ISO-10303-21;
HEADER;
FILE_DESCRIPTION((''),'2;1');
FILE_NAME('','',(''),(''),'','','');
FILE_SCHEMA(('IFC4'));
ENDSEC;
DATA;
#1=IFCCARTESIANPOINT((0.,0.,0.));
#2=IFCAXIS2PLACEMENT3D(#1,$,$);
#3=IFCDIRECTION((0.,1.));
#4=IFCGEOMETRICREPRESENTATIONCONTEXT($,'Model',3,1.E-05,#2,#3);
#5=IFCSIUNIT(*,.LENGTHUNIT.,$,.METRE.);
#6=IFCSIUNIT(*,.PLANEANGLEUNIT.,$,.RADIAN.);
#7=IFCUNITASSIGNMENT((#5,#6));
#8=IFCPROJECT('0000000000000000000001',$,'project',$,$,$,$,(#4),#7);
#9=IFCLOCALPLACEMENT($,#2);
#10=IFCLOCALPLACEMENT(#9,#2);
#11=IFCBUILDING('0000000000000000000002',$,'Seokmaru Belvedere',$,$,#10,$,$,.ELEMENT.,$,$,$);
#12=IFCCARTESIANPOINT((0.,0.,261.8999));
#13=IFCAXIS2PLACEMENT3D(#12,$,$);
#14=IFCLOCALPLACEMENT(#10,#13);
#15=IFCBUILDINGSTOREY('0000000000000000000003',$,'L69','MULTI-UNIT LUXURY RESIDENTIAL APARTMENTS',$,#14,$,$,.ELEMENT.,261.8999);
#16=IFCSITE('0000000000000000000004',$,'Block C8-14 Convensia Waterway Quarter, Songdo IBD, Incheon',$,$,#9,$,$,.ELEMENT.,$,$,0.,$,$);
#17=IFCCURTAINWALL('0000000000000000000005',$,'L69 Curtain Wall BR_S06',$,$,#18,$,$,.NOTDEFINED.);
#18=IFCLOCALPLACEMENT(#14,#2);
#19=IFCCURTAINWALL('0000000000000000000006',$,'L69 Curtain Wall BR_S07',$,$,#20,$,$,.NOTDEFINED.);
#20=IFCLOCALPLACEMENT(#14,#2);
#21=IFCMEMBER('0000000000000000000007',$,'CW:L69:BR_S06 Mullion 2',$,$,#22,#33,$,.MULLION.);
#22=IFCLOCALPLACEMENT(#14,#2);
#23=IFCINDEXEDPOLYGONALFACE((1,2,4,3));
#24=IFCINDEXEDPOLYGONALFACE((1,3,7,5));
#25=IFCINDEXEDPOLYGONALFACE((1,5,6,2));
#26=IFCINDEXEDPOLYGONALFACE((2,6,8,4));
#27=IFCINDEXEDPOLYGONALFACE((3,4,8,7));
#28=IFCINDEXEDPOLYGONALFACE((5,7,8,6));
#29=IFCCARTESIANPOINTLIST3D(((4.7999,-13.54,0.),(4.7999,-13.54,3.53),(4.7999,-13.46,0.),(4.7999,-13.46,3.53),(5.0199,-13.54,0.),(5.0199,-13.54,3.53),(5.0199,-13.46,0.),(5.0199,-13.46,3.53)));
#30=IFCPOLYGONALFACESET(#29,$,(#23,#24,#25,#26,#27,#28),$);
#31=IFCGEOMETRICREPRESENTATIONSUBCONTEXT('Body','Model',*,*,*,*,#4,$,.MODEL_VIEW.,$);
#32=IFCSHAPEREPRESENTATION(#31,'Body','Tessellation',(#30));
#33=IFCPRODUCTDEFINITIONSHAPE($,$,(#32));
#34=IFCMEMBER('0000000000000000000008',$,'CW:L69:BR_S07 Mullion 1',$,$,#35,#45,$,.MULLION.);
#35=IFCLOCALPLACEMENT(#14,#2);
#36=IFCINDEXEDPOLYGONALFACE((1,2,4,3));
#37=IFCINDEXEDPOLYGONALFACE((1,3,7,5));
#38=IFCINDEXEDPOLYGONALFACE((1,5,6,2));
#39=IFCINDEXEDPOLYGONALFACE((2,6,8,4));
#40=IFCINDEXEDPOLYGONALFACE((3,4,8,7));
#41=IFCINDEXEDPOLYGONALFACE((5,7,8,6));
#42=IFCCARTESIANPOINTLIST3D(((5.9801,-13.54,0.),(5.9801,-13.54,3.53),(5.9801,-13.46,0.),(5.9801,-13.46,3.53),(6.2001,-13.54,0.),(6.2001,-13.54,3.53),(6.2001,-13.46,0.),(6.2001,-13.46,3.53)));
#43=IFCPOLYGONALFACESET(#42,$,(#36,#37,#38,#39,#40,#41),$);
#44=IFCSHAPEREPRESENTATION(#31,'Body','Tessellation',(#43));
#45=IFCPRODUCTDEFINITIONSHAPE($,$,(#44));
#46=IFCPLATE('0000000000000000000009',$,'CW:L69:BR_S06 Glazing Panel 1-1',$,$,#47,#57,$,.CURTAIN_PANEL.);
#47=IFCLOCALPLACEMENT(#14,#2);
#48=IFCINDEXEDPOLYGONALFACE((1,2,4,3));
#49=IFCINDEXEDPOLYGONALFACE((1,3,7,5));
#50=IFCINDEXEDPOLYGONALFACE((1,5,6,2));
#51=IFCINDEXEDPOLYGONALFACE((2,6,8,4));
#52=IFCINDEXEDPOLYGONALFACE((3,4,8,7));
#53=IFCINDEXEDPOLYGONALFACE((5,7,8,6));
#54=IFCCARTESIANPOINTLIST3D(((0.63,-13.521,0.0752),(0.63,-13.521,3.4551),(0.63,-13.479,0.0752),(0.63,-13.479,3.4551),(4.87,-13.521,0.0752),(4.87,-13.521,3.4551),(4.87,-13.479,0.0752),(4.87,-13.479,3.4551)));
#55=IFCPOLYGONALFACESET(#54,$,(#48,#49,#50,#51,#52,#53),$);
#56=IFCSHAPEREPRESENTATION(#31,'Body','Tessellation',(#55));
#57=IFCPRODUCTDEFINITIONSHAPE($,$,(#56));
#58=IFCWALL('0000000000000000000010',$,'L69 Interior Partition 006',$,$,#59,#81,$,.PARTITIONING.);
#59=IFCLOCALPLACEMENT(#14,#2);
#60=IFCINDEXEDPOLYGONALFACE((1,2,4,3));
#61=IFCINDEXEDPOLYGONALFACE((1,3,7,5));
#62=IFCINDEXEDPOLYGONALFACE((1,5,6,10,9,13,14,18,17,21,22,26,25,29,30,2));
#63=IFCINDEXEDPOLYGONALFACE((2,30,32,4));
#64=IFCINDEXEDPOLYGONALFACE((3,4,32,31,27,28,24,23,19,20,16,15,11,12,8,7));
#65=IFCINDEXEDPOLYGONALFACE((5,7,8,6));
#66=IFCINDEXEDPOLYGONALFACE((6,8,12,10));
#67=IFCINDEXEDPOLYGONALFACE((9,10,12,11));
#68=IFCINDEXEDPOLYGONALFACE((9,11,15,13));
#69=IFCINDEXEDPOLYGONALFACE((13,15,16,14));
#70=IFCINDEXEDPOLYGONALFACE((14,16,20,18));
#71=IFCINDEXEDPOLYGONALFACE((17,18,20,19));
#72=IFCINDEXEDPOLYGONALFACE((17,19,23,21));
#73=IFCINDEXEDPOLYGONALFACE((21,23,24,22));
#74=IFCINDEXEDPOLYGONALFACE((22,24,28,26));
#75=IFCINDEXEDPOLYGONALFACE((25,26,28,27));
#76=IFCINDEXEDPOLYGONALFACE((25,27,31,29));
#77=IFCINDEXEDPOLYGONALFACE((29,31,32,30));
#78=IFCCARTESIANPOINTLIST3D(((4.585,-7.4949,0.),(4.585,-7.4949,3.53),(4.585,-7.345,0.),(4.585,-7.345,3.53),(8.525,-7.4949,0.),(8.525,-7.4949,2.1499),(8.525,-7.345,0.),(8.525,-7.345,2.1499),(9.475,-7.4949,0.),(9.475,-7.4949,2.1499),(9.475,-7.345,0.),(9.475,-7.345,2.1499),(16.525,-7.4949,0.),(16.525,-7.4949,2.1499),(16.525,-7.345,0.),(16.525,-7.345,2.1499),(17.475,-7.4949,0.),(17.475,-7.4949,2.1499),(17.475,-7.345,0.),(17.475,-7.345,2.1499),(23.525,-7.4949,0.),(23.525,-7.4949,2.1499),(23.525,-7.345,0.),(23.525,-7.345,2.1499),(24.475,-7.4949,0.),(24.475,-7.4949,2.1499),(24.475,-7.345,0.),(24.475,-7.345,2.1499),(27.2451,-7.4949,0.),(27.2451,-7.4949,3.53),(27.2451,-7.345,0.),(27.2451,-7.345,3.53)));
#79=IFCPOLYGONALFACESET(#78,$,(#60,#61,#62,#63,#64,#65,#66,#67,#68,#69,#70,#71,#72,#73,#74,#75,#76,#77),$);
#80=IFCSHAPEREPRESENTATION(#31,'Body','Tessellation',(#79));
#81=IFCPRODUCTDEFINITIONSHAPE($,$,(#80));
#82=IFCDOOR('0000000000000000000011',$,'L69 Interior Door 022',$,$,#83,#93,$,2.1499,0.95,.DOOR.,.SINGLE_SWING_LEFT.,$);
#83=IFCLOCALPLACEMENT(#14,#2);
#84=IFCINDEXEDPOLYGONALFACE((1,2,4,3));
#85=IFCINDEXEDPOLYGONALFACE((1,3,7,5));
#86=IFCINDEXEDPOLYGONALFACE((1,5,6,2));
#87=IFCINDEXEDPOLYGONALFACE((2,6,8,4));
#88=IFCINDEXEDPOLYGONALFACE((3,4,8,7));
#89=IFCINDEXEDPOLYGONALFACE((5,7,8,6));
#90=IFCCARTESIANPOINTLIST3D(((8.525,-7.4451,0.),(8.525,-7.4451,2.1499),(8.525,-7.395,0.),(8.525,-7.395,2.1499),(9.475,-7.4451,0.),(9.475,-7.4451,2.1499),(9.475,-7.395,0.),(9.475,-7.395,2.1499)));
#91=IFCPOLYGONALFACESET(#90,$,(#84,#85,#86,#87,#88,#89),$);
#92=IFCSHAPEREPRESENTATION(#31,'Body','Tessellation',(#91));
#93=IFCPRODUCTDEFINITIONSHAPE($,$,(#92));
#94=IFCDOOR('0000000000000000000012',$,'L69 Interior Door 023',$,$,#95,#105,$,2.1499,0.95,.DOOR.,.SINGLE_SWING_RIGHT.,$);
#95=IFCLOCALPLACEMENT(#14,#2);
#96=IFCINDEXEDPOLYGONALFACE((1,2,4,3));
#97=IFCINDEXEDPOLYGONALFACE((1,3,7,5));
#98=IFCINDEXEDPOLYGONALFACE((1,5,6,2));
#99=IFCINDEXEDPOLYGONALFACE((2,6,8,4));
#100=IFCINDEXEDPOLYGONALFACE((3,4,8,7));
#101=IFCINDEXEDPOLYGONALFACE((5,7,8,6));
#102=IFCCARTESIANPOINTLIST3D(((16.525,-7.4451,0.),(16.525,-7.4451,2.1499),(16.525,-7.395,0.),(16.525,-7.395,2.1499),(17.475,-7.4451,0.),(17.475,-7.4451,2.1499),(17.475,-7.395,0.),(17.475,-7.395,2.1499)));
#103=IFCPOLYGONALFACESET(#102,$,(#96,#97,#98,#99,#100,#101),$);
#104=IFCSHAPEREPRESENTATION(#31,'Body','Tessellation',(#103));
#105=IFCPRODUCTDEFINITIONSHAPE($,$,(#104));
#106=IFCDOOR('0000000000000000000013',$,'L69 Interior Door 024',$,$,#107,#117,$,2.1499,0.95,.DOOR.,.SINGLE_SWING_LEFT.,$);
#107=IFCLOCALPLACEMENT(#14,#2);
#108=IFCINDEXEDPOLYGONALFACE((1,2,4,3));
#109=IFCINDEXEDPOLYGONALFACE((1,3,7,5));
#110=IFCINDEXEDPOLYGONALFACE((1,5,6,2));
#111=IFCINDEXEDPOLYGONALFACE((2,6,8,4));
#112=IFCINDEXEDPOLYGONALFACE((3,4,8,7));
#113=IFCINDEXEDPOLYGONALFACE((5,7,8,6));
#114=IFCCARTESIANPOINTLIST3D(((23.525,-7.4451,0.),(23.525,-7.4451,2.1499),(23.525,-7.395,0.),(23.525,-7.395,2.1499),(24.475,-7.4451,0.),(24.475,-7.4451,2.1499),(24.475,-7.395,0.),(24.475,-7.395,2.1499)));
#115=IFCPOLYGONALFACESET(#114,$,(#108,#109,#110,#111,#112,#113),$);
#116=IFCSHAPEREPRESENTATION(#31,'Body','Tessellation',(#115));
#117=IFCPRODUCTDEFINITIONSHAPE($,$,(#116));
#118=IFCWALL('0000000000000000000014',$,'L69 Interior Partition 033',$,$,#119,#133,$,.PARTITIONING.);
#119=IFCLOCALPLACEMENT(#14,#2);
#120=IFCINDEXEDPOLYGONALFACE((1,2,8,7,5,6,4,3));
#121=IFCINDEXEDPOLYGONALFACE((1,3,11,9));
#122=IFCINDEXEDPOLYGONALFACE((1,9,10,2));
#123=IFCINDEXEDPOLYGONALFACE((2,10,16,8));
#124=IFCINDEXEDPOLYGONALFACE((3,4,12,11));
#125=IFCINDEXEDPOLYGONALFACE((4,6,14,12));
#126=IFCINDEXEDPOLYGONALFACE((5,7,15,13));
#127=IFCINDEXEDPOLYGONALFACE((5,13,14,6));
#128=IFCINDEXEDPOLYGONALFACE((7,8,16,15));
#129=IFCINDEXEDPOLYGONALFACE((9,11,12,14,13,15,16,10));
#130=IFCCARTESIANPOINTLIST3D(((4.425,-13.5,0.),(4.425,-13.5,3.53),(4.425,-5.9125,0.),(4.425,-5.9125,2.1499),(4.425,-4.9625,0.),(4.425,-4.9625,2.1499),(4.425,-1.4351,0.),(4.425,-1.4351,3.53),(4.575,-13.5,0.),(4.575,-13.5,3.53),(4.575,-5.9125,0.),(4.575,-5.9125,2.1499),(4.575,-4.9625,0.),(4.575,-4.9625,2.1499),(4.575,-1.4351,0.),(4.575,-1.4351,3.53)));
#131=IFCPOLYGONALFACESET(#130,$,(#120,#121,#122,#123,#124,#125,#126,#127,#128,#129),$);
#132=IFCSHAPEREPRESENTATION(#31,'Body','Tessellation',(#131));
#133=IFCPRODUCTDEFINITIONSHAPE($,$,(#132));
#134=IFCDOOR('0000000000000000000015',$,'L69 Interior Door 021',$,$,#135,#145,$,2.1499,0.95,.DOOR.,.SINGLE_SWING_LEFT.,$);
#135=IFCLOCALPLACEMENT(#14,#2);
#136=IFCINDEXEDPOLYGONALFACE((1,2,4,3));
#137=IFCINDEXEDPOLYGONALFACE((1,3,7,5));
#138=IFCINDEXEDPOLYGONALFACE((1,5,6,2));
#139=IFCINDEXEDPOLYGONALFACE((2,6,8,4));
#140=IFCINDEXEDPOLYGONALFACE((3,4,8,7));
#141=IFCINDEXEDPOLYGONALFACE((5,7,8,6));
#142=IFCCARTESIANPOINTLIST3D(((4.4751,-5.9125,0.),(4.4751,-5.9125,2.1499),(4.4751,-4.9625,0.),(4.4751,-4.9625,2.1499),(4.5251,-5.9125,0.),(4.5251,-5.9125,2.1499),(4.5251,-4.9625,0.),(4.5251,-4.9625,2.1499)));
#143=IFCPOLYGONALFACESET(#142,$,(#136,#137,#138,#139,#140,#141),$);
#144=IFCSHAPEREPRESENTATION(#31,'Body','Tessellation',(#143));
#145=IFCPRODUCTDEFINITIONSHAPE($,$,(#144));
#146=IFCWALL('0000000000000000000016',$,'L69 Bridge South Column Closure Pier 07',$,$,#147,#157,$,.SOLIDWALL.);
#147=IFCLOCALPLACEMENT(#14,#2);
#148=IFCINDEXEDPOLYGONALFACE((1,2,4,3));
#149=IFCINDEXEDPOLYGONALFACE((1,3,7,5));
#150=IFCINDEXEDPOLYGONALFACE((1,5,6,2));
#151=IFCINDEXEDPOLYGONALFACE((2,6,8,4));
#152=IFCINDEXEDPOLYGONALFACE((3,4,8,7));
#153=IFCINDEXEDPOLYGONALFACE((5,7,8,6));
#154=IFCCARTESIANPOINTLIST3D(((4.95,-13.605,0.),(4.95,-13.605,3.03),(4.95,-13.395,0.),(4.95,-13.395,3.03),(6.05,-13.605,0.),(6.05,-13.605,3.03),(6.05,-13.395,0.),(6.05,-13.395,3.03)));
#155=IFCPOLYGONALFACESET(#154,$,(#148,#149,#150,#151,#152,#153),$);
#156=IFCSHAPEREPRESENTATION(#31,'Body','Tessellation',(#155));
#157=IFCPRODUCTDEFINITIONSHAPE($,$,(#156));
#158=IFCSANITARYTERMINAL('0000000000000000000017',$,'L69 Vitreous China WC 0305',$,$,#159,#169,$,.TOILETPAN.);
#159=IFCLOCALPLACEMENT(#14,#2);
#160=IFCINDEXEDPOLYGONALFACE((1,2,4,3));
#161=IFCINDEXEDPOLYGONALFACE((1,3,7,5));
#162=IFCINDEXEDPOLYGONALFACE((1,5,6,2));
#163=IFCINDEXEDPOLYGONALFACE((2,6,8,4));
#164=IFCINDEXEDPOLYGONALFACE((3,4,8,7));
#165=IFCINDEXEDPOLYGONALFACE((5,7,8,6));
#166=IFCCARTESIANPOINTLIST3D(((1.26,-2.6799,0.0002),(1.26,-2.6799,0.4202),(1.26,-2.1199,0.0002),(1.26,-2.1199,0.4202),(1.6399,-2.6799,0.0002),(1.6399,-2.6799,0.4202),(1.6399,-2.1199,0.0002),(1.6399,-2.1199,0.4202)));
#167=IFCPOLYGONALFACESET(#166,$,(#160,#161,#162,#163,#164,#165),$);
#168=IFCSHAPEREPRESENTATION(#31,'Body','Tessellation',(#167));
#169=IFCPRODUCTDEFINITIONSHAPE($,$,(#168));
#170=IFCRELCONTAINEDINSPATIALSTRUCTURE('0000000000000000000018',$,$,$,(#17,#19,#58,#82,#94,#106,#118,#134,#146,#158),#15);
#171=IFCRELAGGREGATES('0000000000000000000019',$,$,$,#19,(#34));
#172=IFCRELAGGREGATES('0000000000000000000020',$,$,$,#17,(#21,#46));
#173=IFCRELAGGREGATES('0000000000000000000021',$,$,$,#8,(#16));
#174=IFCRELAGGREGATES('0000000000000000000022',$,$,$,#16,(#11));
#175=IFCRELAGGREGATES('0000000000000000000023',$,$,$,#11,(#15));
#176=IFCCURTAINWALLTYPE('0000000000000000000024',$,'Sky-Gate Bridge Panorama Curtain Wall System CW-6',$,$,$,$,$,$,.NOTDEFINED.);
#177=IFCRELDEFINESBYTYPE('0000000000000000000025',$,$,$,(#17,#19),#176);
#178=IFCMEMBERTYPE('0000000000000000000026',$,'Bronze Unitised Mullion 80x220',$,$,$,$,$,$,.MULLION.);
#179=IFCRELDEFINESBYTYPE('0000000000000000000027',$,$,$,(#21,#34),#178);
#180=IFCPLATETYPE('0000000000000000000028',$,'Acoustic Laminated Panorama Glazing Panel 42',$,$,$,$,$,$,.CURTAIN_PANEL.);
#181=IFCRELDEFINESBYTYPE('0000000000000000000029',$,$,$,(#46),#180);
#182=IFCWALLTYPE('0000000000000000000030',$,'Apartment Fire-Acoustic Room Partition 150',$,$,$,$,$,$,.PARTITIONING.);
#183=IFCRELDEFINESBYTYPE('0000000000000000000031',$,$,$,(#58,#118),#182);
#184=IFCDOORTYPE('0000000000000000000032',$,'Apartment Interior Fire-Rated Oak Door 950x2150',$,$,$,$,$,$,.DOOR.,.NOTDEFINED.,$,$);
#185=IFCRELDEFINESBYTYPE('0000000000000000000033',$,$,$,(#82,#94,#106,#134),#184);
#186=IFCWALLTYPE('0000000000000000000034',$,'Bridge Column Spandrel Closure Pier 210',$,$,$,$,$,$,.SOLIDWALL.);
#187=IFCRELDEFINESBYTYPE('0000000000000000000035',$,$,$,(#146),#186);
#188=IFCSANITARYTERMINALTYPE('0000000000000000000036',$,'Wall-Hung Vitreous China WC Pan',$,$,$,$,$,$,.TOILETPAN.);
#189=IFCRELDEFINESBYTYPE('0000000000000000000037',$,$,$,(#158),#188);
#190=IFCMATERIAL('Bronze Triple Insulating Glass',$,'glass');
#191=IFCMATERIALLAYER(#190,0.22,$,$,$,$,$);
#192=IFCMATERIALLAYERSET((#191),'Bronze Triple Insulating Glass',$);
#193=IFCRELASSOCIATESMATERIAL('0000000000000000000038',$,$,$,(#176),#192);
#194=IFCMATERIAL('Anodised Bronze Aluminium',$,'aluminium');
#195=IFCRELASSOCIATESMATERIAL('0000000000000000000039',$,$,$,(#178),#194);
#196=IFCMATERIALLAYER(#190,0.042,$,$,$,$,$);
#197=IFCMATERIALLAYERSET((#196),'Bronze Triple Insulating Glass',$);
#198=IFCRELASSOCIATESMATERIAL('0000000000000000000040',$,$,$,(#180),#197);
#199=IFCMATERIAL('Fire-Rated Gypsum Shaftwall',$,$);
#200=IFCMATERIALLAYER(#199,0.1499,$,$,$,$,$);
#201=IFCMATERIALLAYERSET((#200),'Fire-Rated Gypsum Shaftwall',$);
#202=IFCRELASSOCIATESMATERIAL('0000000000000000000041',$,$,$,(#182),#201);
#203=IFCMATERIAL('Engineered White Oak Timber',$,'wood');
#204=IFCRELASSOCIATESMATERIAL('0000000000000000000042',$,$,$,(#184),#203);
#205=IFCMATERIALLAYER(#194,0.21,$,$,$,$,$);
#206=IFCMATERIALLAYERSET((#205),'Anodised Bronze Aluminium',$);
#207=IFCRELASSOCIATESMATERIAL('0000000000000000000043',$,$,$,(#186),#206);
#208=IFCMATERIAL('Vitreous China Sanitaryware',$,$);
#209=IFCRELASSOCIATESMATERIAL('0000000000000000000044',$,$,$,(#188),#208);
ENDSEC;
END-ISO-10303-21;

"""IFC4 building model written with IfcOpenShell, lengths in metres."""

from ifc_helpers import new_model, si_unit, direction, frame, frame_2d, origin, origin_2d, place, context, subcontext, project, spatial, rectangle, extrude, source, transform, mapped, material, layer, layer_set, material_profile, profile_set, type_object, type_shapes, element, fill, aggregate, save


model = new_model("IFC4")

# Units and contexts
model_context = context("Model", 3, precision=1e-05, world=origin(), true_north=direction((0.0, 1.0)))
body_context = subcontext(model_context, "Body", "Model", "MODEL_VIEW")
ifc_project = project(units=[si_unit("LENGTHUNIT", "METRE"), si_unit("PLANEANGLEUNIT", "RADIAN")], contexts=[model_context])

# Site, building, storey
site_placement = place(None, origin())
site = spatial("IfcSite", under=ifc_project, at=site_placement, Name="Block C8-14 Convensia Waterway Quarter, Songdo IBD, Incheon", CompositionType="ELEMENT", RefElevation=0.0)
building_placement = place(site_placement, origin())
building = spatial("IfcBuilding", under=site, at=building_placement, Name="Seokmaru Belvedere", CompositionType="ELEMENT")
storey_placement = place(building_placement, frame((0.0, 0.0, 261.8999)))
storey = spatial("IfcBuildingStorey", under=building, at=storey_placement, Name="L69", Description="MULTI-UNIT LUXURY RESIDENTIAL APARTMENTS", CompositionType="ELEMENT", Elevation=261.8999)

# Curtain walls
ifc_material_1 = material(Name="Bronze Triple Insulating Glass", Category="glass")
ifc_layer_1 = layer(ifc_material_1, 0.22)
ifc_layer_set_1 = layer_set([ifc_layer_1], Name="Bronze Triple Insulating Glass")
curtain_wall_type = type_object("IfcCurtainWallType", Name="Sky-Gate Bridge Panorama Curtain Wall System CW-6", PredefinedType="NOTDEFINED", material=ifc_layer_set_1)
curtain_wall_1_placement = place(storey_placement, origin())
curtain_wall_1 = element("IfcCurtainWall", 1, at=curtain_wall_1_placement, inside=storey, type_object=curtain_wall_type, Name="L69 Curtain Wall BR_S06", PredefinedType="NOTDEFINED")
ifc_material_2 = material(Name="Anodised Bronze Aluminium", Category="aluminium")
curtain_wall_2_placement = place(storey_placement, origin())
curtain_wall_2 = element("IfcCurtainWall", 2, at=curtain_wall_2_placement, inside=storey, type_object=curtain_wall_type, Name="L69 Curtain Wall BR_S07", PredefinedType="NOTDEFINED")

# Members
ifc_material_profile_1 = material_profile(ifc_material_2, rectangle(XDim=0.0801, YDim=0.22, at=origin_2d()), Name="CW-M-80x220")
ifc_profile_set_1 = profile_set([ifc_material_profile_1], Name="Anodised Bronze Aluminium")
member_type_1 = type_object("IfcMemberType", Name="Bronze Unitised Mullion 80x220", PredefinedType="MULLION", material=ifc_profile_set_1)
shared_shape_1 = source(origin(), body_context, "Body", "SweptSolid", [
    extrude(rectangle(XDim=0.0801, YDim=0.22, at=origin_2d()), origin(), (0.0, 0.0, 1.0), 3.53),
])
type_shapes(member_type_1, [shared_shape_1])
member_1_placement = place(storey_placement, frame((4.9099, -13.5, 0.0), z_axis=(0.0, 0.0, 1.0), x_axis=(0.0, 1.0, 0.0)))
member_1 = element("IfcMember", 3, at=member_1_placement, type_object=member_type_1, Name="CW:L69:BR_S06 Mullion 2", PredefinedType="MULLION", context=body_context, shape_type="MappedRepresentation", body=[
    mapped(shared_shape_1, transform((0.0, 0.0, 0.0), scale=1.0)),
])
member_2_placement = place(storey_placement, frame((6.0901, -13.5, 0.0), z_axis=(0.0, 0.0, 1.0), x_axis=(0.0, 1.0, 0.0)))
member_2 = element("IfcMember", 4, at=member_2_placement, type_object=member_type_1, Name="CW:L69:BR_S07 Mullion 1", PredefinedType="MULLION", context=body_context, shape_type="MappedRepresentation", body=[
    mapped(shared_shape_1, transform((0.0, 0.0, 0.0), scale=1.0)),
])
aggregate(curtain_wall_2, [member_2])

# Plate
ifc_layer_2 = layer(ifc_material_1, 0.042)
ifc_layer_set_2 = layer_set([ifc_layer_2], Name="Bronze Triple Insulating Glass")
plate_type = type_object("IfcPlateType", Name="Acoustic Laminated Panorama Glazing Panel 42", PredefinedType="CURTAIN_PANEL", material=ifc_layer_set_2)
shared_shape_2 = source(origin(), body_context, "Body", "SweptSolid", [
    extrude(rectangle(XDim=4.24, YDim=0.042, at=origin_2d()), origin(), (0.0, 0.0, 1.0), 3.3799),
])
type_shapes(plate_type, [shared_shape_2])
plate_placement = place(storey_placement, frame((2.75, -13.5, 0.0752), z_axis=(0.0, 0.0, 1.0), x_axis=(1.0, 0.0, 0.0)))
plate = element("IfcPlate", 5, at=plate_placement, type_object=plate_type, Name="CW:L69:BR_S06 Glazing Panel 1-1", PredefinedType="CURTAIN_PANEL", context=body_context, shape_type="MappedRepresentation", body=[
    mapped(shared_shape_2, transform((0.0, 0.0, 0.0), scale=1.0)),
])
aggregate(curtain_wall_1, [member_1, plate])

# Wall, openings, doors
ifc_material_3 = material(Name="Fire-Rated Gypsum Shaftwall")
ifc_layer_3 = layer(ifc_material_3, 0.1499)
ifc_layer_set_3 = layer_set([ifc_layer_3], Name="Fire-Rated Gypsum Shaftwall")
wall_type_1 = type_object("IfcWallType", Name="Apartment Fire-Acoustic Room Partition 150", PredefinedType="PARTITIONING", material=ifc_layer_set_3)
wall_1_placement = place(storey_placement, frame((4.585, -7.4199, 0.0), z_axis=(0.0, 0.0, 1.0), x_axis=(1.0, 0.0, 0.0)))
wall_1 = element("IfcWall", 6, at=wall_1_placement, inside=storey, type_object=wall_type_1, Name="L69 Interior Partition 006", PredefinedType="PARTITIONING", context=body_context, shape_type="SweptSolid", body=[
    extrude(rectangle(XDim=22.6602, YDim=0.1499, at=frame_2d((11.3301, 0.0))), origin(), (0.0, 0.0, 1.0), 3.53),
])
opening_1_placement = place(wall_1_placement, frame((3.9399, 0.0, 0.0)))
opening_1 = element("IfcOpeningElement", 7, at=opening_1_placement, cuts=wall_1, PredefinedType="OPENING", context=body_context, shape_type="SweptSolid", body=[
    extrude(rectangle(XDim=0.95, YDim=2.1499, at=frame_2d((0.4751, 1.075))), frame((0.0, 0.085, 0.0), z_axis=(0.0, -1.0, 0.0), x_axis=(1.0, 0.0, 0.0)), (0.0, 0.0, 1.0), 0.1699),
])
opening_2_placement = place(wall_1_placement, frame((11.9399, 0.0, 0.0)))
opening_2 = element("IfcOpeningElement", 8, at=opening_2_placement, cuts=wall_1, PredefinedType="OPENING", context=body_context, shape_type="SweptSolid", body=[
    extrude(rectangle(XDim=0.95, YDim=2.1499, at=frame_2d((0.4751, 1.075))), frame((0.0, 0.085, 0.0), z_axis=(0.0, -1.0, 0.0), x_axis=(1.0, 0.0, 0.0)), (0.0, 0.0, 1.0), 0.1699),
])
opening_3_placement = place(wall_1_placement, frame((18.9399, 0.0, 0.0)))
opening_3 = element("IfcOpeningElement", 9, at=opening_3_placement, cuts=wall_1, PredefinedType="OPENING", context=body_context, shape_type="SweptSolid", body=[
    extrude(rectangle(XDim=0.95, YDim=2.1499, at=frame_2d((0.4751, 1.075))), frame((0.0, 0.085, 0.0), z_axis=(0.0, -1.0, 0.0), x_axis=(1.0, 0.0, 0.0)), (0.0, 0.0, 1.0), 0.1699),
])
ifc_material_4 = material(Name="Engineered White Oak Timber", Category="wood")
door_type = type_object("IfcDoorType", Name="Apartment Interior Fire-Rated Oak Door 950x2150", OperationType="NOTDEFINED", PredefinedType="DOOR", material=ifc_material_4)
shared_shape_3 = source(origin(), body_context, "Body", "SweptSolid", [
    extrude(rectangle(XDim=0.95, YDim=2.1499, at=frame_2d((0.4751, 1.075))), frame((0.0, 0.0249, 0.0), z_axis=(0.0, -1.0, 0.0), x_axis=(1.0, 0.0, 0.0)), (0.0, 0.0, 1.0), 0.05),
])
type_shapes(door_type, [shared_shape_3])
door_1_placement = place(opening_1_placement, origin())
door_1 = element("IfcDoor", 10, at=door_1_placement, inside=storey, type_object=door_type, Name="L69 Interior Door 022", OperationType="SINGLE_SWING_LEFT", OverallHeight=2.1499, OverallWidth=0.95, PredefinedType="DOOR", context=body_context, shape_type="MappedRepresentation", body=[
    mapped(shared_shape_3, transform((0.0, 0.0, 0.0), scale=1.0)),
])
fill(opening_1, door_1)
door_2_placement = place(opening_2_placement, origin())
door_2 = element("IfcDoor", 11, at=door_2_placement, inside=storey, type_object=door_type, Name="L69 Interior Door 023", OperationType="SINGLE_SWING_RIGHT", OverallHeight=2.1499, OverallWidth=0.95, PredefinedType="DOOR", context=body_context, shape_type="MappedRepresentation", body=[
    mapped(shared_shape_3, transform((0.0, 0.0, 0.0), scale=1.0)),
])
fill(opening_2, door_2)
door_3_placement = place(opening_3_placement, origin())
door_3 = element("IfcDoor", 12, at=door_3_placement, inside=storey, type_object=door_type, Name="L69 Interior Door 024", OperationType="SINGLE_SWING_LEFT", OverallHeight=2.1499, OverallWidth=0.95, PredefinedType="DOOR", context=body_context, shape_type="MappedRepresentation", body=[
    mapped(shared_shape_3, transform((0.0, 0.0, 0.0), scale=1.0)),
])
fill(opening_3, door_3)

# Wall, opening, door
wall_2_placement = place(storey_placement, frame((4.5, -13.5, 0.0), z_axis=(0.0, 0.0, 1.0), x_axis=(0.0, 1.0, 0.0)))
wall_2 = element("IfcWall", 13, at=wall_2_placement, inside=storey, type_object=wall_type_1, Name="L69 Interior Partition 033", PredefinedType="PARTITIONING", context=body_context, shape_type="SweptSolid", body=[
    extrude(rectangle(XDim=12.0649, YDim=0.1499, at=frame_2d((6.0325, 0.0))), origin(), (0.0, 0.0, 1.0), 3.53),
])
opening_4_placement = place(wall_2_placement, frame((7.5874, 0.0, 0.0)))
opening_4 = element("IfcOpeningElement", 14, at=opening_4_placement, cuts=wall_2, PredefinedType="OPENING", context=body_context, shape_type="SweptSolid", body=[
    extrude(rectangle(XDim=0.95, YDim=2.1499, at=frame_2d((0.4751, 1.075))), frame((0.0, 0.085, 0.0), z_axis=(0.0, -1.0, 0.0), x_axis=(1.0, 0.0, 0.0)), (0.0, 0.0, 1.0), 0.1699),
])
door_4_placement = place(opening_4_placement, origin())
door_4 = element("IfcDoor", 15, at=door_4_placement, inside=storey, type_object=door_type, Name="L69 Interior Door 021", OperationType="SINGLE_SWING_LEFT", OverallHeight=2.1499, OverallWidth=0.95, PredefinedType="DOOR", context=body_context, shape_type="MappedRepresentation", body=[
    mapped(shared_shape_3, transform((0.0, 0.0, 0.0), scale=1.0)),
])
fill(opening_4, door_4)

# Wall
ifc_layer_4 = layer(ifc_material_2, 0.21)
ifc_layer_set_4 = layer_set([ifc_layer_4], Name="Anodised Bronze Aluminium")
wall_type_2 = type_object("IfcWallType", Name="Bridge Column Spandrel Closure Pier 210", PredefinedType="SOLIDWALL", material=ifc_layer_set_4)
wall_3_placement = place(storey_placement, frame((4.95, -13.5, 0.0), z_axis=(0.0, 0.0, 1.0), x_axis=(1.0, 0.0, 0.0)))
element("IfcWall", 16, at=wall_3_placement, inside=storey, type_object=wall_type_2, Name="L69 Bridge South Column Closure Pier 07", PredefinedType="SOLIDWALL", context=body_context, shape_type="SweptSolid", body=[
    extrude(rectangle(XDim=1.1001, YDim=0.21, at=frame_2d((0.55, 0.0))), origin(), (0.0, 0.0, 1.0), 3.03),
])

# Sanitary terminal
ifc_material_5 = material(Name="Vitreous China Sanitaryware")
sanitary_terminal_type_1 = type_object("IfcSanitaryTerminalType", Name="Wall-Hung Vitreous China WC Pan", PredefinedType="TOILETPAN", material=ifc_material_5)
shared_shape_4 = source(origin(), body_context, "Body", "SweptSolid", [
    extrude(rectangle(XDim=0.3799, YDim=0.5601, at=origin_2d()), origin(), (0.0, 0.0, 1.0), 0.4199),
])
type_shapes(sanitary_terminal_type_1, [shared_shape_4])
sanitary_terminal_1_placement = place(storey_placement, frame((1.45, -2.3999, 0.0002), z_axis=(0.0, 0.0, 1.0), x_axis=(1.0, 0.0, 0.0)))
element("IfcSanitaryTerminal", 17, at=sanitary_terminal_1_placement, inside=storey, type_object=sanitary_terminal_type_1, Name="L69 Vitreous China WC 0305", PredefinedType="TOILETPAN", context=body_context, shape_type="MappedRepresentation", body=[
    mapped(shared_shape_4, transform((0.0, 0.0, 0.0), scale=1.0)),
])

save(model, "model.ifc")
